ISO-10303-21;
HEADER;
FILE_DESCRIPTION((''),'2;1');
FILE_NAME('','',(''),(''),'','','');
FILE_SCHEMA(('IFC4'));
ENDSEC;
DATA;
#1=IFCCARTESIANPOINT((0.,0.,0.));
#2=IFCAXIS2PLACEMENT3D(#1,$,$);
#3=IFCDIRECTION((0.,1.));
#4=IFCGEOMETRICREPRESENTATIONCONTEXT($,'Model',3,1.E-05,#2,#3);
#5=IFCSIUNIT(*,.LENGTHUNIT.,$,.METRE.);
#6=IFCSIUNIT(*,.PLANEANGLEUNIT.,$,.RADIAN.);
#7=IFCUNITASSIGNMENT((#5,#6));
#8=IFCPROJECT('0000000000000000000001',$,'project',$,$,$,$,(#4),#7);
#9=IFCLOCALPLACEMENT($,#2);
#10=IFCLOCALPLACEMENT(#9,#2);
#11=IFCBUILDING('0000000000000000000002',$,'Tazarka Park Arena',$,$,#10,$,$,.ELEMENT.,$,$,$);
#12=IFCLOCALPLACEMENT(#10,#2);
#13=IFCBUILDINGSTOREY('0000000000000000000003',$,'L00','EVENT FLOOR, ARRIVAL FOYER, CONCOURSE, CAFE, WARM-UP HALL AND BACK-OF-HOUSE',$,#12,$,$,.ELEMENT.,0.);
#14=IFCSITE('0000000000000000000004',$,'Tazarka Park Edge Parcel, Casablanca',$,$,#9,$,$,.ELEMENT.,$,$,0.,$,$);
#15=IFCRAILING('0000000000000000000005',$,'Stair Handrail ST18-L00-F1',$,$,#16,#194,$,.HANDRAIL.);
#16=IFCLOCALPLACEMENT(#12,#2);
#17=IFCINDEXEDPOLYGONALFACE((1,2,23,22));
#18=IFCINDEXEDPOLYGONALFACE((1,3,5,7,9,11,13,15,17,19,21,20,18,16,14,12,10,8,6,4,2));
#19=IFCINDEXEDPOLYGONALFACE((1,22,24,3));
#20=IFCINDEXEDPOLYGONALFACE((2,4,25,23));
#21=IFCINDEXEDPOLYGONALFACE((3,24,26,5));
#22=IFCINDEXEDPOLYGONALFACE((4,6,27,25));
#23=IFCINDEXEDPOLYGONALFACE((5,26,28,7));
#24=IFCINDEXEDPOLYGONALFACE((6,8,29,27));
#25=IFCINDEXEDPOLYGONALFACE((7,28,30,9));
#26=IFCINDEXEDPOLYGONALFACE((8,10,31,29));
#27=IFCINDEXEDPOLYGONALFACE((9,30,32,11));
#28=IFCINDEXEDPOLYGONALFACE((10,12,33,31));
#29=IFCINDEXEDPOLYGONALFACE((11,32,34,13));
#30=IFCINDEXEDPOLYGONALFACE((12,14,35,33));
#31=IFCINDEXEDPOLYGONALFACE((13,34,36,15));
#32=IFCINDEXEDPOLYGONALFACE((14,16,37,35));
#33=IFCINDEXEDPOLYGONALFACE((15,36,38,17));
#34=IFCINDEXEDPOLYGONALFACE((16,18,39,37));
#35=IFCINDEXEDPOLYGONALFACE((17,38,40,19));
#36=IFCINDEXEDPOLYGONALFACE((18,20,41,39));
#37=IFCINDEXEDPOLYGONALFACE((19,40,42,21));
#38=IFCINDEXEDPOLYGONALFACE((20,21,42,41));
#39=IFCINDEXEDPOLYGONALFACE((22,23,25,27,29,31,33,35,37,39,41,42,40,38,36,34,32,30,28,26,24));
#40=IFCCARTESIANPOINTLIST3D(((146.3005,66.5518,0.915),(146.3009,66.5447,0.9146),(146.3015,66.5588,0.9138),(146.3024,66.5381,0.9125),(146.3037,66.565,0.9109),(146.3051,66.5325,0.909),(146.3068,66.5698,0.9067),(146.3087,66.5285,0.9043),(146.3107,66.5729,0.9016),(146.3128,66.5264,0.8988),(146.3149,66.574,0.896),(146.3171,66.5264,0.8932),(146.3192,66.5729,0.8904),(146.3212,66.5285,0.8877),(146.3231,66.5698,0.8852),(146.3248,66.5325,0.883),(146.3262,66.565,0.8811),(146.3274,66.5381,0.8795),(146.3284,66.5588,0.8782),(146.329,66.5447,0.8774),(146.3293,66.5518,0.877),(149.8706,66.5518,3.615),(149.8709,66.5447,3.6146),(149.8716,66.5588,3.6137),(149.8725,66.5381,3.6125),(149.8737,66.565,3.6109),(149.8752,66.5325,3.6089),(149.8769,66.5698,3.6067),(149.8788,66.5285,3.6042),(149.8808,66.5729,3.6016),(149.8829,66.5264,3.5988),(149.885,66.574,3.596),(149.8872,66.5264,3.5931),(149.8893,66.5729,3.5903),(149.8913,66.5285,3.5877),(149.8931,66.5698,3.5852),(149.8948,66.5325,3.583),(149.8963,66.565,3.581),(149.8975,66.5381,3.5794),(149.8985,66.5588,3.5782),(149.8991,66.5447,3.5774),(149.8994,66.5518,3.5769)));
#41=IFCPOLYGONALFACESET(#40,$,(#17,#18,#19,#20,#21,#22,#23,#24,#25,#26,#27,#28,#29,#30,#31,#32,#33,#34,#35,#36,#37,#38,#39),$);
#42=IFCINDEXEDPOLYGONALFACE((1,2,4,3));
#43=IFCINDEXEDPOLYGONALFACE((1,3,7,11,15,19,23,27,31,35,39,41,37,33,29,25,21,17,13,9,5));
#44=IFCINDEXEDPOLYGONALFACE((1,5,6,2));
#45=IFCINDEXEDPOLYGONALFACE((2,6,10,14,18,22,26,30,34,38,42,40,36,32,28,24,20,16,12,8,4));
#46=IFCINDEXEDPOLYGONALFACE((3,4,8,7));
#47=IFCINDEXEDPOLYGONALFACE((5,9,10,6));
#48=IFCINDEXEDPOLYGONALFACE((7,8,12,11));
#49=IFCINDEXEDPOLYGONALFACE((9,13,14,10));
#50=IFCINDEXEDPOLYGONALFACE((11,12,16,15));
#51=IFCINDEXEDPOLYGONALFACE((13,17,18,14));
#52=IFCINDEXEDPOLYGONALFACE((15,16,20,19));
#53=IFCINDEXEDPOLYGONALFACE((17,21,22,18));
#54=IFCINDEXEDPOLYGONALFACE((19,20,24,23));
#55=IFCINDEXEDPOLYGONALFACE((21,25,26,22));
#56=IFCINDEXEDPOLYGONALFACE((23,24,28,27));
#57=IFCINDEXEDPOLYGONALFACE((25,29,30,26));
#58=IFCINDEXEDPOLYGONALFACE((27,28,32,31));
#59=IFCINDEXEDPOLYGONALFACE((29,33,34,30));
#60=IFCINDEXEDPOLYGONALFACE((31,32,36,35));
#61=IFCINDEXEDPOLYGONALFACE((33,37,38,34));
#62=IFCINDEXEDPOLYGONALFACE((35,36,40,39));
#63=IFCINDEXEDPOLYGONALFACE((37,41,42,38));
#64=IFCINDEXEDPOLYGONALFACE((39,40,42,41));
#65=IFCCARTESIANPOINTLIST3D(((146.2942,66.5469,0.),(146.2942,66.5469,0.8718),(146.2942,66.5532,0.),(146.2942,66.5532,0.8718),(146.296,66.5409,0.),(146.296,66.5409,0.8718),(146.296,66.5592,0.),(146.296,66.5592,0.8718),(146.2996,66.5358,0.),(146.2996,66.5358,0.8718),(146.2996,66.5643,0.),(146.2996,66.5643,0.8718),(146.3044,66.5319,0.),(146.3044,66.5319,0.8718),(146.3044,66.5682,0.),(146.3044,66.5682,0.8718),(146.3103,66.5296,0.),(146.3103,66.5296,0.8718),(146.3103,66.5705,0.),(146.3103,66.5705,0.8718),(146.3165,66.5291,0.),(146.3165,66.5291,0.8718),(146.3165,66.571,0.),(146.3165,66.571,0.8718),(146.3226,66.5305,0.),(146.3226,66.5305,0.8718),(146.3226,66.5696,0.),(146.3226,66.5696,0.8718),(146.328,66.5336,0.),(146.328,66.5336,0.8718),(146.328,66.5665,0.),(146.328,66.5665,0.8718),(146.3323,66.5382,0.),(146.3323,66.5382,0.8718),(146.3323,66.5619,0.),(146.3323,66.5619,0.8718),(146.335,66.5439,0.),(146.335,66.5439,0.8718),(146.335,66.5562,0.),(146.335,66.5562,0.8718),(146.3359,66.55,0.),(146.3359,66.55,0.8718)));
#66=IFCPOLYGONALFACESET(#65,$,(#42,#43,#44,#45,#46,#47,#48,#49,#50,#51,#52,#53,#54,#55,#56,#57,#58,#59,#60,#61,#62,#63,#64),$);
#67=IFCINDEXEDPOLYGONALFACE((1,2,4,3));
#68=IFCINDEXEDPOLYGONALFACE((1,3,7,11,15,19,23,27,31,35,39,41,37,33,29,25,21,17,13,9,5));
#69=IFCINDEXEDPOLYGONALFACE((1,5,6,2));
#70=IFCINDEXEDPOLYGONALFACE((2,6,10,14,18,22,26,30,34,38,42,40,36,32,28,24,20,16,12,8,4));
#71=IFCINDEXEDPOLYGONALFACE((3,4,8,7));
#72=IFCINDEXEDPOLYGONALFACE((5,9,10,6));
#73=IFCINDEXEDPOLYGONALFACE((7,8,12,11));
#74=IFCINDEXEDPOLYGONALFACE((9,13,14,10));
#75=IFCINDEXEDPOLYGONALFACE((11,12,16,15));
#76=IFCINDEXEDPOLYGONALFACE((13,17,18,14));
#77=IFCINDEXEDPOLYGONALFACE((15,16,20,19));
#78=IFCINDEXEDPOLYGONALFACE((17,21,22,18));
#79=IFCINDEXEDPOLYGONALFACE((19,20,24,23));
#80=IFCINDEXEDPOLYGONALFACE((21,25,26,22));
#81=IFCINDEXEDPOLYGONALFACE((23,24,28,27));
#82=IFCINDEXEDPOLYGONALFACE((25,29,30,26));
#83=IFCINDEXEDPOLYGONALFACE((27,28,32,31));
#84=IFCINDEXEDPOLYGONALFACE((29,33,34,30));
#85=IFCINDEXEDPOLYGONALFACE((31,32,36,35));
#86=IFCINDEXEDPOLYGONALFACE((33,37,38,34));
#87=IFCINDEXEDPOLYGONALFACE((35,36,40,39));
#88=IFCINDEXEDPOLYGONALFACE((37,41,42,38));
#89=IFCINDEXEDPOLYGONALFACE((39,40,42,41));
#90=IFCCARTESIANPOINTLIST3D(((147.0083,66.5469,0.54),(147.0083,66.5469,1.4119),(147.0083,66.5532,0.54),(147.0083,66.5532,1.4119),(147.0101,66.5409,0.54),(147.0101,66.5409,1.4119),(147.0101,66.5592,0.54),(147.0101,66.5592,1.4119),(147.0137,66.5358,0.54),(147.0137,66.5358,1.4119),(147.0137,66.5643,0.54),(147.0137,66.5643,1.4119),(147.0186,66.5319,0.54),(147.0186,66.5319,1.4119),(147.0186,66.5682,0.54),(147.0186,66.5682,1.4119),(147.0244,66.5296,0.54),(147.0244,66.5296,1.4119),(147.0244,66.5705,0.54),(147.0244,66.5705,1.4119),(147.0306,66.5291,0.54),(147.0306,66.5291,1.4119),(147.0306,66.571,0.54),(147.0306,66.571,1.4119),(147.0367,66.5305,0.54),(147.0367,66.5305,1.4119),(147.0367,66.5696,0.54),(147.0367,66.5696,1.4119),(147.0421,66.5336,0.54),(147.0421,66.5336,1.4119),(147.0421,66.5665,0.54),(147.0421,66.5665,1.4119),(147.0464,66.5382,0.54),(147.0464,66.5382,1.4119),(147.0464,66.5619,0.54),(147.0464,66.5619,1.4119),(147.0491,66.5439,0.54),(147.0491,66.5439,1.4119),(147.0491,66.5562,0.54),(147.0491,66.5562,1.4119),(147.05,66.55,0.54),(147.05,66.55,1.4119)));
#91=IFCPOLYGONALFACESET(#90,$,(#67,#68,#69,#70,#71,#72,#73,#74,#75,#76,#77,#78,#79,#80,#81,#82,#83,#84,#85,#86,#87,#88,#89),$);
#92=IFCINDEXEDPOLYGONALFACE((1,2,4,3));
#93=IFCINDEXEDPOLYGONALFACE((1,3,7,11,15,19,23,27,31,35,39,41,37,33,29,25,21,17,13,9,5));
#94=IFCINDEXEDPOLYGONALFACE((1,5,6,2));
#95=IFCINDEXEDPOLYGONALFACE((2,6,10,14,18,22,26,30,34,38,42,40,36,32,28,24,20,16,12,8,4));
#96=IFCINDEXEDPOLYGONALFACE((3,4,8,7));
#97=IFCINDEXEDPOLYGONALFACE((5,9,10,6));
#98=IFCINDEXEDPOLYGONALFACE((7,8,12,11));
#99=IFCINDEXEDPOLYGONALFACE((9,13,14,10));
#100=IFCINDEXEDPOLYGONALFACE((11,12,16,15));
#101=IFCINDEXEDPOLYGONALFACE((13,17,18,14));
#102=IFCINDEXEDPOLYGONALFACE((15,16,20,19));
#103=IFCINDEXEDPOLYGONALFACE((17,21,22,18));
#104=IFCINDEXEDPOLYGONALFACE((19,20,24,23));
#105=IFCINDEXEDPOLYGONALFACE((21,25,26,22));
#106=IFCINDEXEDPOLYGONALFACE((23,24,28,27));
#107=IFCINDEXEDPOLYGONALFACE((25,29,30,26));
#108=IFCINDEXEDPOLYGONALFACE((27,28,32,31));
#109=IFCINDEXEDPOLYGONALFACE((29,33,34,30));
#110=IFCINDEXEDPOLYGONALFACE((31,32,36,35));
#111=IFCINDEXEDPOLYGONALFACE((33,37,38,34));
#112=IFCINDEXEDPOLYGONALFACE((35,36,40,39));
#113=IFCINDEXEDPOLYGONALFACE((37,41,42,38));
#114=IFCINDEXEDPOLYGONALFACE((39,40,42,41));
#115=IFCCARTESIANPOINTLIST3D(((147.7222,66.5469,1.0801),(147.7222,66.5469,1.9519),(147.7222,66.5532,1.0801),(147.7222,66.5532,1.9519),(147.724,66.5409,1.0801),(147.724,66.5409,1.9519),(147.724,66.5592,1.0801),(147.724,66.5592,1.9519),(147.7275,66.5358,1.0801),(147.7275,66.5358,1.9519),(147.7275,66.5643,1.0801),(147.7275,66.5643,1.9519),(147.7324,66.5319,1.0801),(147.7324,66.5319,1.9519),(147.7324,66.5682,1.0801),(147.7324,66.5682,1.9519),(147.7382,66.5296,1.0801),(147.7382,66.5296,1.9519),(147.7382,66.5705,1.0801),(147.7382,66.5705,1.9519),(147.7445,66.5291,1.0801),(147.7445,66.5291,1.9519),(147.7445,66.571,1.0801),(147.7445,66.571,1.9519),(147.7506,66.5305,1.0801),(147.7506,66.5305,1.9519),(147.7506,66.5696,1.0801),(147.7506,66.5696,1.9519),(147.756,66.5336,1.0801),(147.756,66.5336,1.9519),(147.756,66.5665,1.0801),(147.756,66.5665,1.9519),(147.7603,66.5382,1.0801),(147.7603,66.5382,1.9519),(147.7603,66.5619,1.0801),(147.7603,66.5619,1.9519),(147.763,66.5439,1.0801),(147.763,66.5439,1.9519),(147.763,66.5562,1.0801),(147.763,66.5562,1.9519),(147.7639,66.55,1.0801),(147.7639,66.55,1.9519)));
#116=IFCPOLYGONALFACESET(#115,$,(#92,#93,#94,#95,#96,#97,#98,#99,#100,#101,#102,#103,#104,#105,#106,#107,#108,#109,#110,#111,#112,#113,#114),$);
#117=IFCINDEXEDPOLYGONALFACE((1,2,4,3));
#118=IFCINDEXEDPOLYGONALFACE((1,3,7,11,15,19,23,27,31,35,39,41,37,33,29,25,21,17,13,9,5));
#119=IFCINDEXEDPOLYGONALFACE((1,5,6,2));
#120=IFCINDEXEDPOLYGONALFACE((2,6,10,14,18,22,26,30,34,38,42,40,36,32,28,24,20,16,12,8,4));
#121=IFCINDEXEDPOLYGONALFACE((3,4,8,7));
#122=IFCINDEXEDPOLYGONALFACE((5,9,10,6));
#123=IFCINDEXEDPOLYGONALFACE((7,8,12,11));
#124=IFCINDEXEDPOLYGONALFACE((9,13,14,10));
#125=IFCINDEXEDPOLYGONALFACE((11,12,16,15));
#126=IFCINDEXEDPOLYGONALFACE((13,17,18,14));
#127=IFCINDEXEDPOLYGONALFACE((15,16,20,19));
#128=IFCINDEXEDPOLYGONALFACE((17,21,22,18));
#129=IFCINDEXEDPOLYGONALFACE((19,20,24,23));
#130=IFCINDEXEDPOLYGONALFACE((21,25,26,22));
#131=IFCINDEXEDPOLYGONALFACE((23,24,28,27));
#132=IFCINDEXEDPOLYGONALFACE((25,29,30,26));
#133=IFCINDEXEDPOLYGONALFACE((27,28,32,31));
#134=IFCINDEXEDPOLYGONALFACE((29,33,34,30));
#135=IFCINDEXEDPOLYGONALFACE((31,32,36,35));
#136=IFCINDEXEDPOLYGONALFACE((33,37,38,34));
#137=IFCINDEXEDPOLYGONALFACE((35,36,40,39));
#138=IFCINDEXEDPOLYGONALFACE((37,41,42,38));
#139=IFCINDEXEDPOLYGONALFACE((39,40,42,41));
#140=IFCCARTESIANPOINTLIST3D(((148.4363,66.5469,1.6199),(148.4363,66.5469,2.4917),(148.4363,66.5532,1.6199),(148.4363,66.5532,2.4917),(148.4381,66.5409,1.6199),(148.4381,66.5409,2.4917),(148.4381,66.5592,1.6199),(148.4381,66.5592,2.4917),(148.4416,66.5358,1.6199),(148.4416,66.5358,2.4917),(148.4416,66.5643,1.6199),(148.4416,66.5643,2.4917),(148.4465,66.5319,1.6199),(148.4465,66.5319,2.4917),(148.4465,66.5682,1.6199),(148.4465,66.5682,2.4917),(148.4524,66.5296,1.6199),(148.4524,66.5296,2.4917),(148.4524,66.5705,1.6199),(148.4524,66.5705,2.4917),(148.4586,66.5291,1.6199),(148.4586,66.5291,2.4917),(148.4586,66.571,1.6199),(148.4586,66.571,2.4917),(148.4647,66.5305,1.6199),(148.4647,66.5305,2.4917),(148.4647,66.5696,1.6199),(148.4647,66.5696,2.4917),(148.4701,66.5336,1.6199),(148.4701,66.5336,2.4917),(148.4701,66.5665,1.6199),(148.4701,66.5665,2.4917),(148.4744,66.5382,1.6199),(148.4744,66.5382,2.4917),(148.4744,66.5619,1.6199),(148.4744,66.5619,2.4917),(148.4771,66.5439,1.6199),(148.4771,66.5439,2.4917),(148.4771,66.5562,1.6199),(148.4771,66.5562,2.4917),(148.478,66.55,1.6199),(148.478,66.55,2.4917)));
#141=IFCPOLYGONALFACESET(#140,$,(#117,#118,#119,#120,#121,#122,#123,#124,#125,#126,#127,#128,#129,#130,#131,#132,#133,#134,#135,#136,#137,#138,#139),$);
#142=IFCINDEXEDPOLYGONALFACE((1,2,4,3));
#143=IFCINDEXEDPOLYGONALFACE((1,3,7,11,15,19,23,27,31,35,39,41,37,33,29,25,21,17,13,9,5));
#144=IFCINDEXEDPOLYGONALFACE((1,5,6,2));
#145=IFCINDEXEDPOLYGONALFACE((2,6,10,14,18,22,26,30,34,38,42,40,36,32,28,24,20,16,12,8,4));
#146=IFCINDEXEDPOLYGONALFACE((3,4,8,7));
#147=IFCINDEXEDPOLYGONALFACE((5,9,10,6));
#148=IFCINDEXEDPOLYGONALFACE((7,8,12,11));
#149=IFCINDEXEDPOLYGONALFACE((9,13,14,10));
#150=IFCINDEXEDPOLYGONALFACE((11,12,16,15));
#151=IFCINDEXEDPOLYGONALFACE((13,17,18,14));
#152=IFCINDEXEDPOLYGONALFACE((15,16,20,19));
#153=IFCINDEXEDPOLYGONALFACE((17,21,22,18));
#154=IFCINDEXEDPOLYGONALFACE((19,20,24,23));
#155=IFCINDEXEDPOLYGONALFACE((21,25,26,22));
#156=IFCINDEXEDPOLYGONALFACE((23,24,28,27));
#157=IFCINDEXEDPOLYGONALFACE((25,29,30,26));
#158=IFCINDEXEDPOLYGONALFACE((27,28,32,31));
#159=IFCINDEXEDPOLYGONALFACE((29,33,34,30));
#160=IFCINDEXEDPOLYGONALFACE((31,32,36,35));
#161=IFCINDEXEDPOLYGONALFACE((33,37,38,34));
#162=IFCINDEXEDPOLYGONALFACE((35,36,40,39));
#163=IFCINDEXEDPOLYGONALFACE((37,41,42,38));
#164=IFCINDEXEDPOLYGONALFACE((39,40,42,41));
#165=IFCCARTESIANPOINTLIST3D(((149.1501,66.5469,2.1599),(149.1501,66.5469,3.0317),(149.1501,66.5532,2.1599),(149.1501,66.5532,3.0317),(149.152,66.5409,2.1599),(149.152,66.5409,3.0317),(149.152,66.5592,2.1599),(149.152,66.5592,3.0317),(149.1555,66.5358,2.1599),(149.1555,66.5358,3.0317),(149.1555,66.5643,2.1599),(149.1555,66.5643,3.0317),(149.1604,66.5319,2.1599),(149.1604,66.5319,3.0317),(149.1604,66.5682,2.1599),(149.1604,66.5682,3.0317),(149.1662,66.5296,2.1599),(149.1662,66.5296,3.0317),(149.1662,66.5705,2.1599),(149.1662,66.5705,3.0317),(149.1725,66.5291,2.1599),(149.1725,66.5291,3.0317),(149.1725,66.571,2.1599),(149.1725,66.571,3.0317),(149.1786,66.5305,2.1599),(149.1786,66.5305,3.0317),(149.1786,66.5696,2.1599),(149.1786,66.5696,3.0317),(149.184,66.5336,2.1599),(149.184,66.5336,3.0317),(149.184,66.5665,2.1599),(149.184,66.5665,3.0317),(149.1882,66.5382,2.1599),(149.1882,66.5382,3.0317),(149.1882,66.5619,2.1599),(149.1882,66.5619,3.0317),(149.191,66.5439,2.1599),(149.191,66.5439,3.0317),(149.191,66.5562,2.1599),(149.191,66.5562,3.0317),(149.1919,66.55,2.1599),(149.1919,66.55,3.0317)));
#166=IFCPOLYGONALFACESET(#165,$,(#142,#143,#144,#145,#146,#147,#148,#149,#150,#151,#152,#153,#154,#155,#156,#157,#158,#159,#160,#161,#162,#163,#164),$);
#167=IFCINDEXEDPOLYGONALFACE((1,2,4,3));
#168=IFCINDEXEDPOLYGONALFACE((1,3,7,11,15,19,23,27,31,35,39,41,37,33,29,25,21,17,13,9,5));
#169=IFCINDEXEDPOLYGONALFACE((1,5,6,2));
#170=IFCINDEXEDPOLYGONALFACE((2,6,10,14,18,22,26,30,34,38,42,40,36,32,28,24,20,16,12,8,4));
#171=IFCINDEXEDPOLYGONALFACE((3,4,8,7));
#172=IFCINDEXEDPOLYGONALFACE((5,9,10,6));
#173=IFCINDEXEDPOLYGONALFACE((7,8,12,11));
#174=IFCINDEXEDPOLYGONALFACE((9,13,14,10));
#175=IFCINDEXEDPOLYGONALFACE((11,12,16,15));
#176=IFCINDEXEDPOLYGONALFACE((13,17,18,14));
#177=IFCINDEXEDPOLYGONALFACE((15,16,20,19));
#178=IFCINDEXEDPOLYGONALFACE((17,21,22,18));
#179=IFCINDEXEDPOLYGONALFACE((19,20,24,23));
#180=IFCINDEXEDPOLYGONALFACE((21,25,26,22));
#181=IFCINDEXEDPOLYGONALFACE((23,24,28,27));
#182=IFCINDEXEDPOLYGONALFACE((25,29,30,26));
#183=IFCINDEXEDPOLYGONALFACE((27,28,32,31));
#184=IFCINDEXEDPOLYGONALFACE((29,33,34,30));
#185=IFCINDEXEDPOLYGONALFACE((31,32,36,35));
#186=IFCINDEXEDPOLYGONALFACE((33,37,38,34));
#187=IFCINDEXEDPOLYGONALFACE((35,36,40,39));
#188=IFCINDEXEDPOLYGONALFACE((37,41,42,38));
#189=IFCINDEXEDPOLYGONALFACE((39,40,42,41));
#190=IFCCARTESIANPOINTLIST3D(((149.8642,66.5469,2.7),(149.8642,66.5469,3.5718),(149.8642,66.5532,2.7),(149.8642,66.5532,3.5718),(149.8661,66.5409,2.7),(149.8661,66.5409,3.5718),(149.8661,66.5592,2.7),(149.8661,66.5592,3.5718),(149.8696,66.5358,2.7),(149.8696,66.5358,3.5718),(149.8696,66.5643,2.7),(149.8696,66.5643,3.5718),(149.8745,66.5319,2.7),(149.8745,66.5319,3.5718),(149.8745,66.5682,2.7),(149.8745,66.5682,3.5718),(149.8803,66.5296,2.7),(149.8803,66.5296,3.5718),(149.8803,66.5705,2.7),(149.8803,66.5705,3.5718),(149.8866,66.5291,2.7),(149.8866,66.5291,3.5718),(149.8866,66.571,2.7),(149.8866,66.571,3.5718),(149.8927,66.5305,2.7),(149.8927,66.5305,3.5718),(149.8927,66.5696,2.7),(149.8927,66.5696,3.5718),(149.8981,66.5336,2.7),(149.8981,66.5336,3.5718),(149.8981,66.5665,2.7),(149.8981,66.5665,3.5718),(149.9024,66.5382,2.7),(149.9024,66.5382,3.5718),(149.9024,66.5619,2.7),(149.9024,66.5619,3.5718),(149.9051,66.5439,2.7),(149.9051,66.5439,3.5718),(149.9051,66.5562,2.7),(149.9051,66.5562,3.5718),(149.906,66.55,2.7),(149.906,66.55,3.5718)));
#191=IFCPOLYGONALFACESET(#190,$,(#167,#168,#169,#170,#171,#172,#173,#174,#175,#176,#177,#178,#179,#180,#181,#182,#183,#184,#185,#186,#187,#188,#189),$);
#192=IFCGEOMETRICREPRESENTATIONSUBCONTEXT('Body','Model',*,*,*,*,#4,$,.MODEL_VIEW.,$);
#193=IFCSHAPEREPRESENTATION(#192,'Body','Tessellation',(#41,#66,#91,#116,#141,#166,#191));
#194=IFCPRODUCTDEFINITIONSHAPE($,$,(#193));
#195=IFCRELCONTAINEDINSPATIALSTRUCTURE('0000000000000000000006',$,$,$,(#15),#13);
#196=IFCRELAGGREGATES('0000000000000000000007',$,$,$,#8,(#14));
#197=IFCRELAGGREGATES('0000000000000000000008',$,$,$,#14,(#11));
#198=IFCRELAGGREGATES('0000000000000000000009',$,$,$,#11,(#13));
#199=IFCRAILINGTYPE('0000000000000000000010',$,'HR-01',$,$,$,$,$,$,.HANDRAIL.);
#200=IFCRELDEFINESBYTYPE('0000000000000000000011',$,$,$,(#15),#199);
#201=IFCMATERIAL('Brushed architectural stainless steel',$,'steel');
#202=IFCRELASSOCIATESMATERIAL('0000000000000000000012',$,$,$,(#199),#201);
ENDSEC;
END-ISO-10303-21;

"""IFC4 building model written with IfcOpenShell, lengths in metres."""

from ifc_helpers import new_model, si_unit, direction, frame, origin, origin_2d, place, context, subcontext, project, spatial, circle, extrude, material, type_object, element, save


model = new_model("IFC4")

# Units and contexts
model_context = context("Model", 3, precision=1e-05, world=origin(), true_north=direction((0.0, 1.0)))
body_context = subcontext(model_context, "Body", "Model", "MODEL_VIEW")
ifc_project = project(units=[si_unit("LENGTHUNIT", "METRE"), si_unit("PLANEANGLEUNIT", "RADIAN")], contexts=[model_context])

# Site, building, storey
site_placement = place(None, origin())
site = spatial("IfcSite", under=ifc_project, at=site_placement, Name="Tazarka Park Edge Parcel, Casablanca", CompositionType="ELEMENT", RefElevation=0.0)
building_placement = place(site_placement, origin())
building = spatial("IfcBuilding", under=site, at=building_placement, Name="Tazarka Park Arena", CompositionType="ELEMENT")
storey_placement = place(building_placement, origin())
storey = spatial("IfcBuildingStorey", under=building, at=storey_placement, Name="L00", Description="EVENT FLOOR, ARRIVAL FOYER, CONCOURSE, CAFE, WARM-UP HALL AND BACK-OF-HOUSE", CompositionType="ELEMENT", Elevation=0.0)

# Railing
ifc_material_1 = material(Name="Brushed architectural stainless steel", Category="steel")
railing_type_1 = type_object("IfcRailingType", Name="HR-01", PredefinedType="HANDRAIL", material=ifc_material_1)
railing_1_placement = place(storey_placement, frame((146.3149, 66.55, 0.0)))
element("IfcRailing", 1, at=railing_1_placement, inside=storey, type_object=railing_type_1, Name="Stair Handrail ST18-L00-F1", PredefinedType="HANDRAIL", context=body_context, shape_type="SweptSolid", body=[
    extrude(circle(Radius=0.0239, at=origin_2d()), frame((0.0, 0.0, 0.896), z_axis=(0.797591, 0.0, 0.603198), x_axis=(0.0, 1.0, 0.0)), (0.0, 0.0, 1.0), 4.4761),
    extrude(circle(Radius=0.021, at=origin_2d()), origin(), (0.0, 0.0, 1.0), 0.8718),
    extrude(circle(Radius=0.021, at=origin_2d()), frame((0.7141, 0.0, 0.54)), (0.0, 0.0, 1.0), 0.8718),
    extrude(circle(Radius=0.021, at=origin_2d()), frame((1.428, 0.0, 1.0801)), (0.0, 0.0, 1.0), 0.8718),
    extrude(circle(Radius=0.021, at=origin_2d()), frame((2.1421, 0.0, 1.6199)), (0.0, 0.0, 1.0), 0.8718),
    extrude(circle(Radius=0.021, at=origin_2d()), frame((2.856, 0.0, 2.1599)), (0.0, 0.0, 1.0), 0.8718),
    extrude(circle(Radius=0.021, at=origin_2d()), frame((3.5701, 0.0, 2.7)), (0.0, 0.0, 1.0), 0.8718),
])

save(model, "model.ifc")
